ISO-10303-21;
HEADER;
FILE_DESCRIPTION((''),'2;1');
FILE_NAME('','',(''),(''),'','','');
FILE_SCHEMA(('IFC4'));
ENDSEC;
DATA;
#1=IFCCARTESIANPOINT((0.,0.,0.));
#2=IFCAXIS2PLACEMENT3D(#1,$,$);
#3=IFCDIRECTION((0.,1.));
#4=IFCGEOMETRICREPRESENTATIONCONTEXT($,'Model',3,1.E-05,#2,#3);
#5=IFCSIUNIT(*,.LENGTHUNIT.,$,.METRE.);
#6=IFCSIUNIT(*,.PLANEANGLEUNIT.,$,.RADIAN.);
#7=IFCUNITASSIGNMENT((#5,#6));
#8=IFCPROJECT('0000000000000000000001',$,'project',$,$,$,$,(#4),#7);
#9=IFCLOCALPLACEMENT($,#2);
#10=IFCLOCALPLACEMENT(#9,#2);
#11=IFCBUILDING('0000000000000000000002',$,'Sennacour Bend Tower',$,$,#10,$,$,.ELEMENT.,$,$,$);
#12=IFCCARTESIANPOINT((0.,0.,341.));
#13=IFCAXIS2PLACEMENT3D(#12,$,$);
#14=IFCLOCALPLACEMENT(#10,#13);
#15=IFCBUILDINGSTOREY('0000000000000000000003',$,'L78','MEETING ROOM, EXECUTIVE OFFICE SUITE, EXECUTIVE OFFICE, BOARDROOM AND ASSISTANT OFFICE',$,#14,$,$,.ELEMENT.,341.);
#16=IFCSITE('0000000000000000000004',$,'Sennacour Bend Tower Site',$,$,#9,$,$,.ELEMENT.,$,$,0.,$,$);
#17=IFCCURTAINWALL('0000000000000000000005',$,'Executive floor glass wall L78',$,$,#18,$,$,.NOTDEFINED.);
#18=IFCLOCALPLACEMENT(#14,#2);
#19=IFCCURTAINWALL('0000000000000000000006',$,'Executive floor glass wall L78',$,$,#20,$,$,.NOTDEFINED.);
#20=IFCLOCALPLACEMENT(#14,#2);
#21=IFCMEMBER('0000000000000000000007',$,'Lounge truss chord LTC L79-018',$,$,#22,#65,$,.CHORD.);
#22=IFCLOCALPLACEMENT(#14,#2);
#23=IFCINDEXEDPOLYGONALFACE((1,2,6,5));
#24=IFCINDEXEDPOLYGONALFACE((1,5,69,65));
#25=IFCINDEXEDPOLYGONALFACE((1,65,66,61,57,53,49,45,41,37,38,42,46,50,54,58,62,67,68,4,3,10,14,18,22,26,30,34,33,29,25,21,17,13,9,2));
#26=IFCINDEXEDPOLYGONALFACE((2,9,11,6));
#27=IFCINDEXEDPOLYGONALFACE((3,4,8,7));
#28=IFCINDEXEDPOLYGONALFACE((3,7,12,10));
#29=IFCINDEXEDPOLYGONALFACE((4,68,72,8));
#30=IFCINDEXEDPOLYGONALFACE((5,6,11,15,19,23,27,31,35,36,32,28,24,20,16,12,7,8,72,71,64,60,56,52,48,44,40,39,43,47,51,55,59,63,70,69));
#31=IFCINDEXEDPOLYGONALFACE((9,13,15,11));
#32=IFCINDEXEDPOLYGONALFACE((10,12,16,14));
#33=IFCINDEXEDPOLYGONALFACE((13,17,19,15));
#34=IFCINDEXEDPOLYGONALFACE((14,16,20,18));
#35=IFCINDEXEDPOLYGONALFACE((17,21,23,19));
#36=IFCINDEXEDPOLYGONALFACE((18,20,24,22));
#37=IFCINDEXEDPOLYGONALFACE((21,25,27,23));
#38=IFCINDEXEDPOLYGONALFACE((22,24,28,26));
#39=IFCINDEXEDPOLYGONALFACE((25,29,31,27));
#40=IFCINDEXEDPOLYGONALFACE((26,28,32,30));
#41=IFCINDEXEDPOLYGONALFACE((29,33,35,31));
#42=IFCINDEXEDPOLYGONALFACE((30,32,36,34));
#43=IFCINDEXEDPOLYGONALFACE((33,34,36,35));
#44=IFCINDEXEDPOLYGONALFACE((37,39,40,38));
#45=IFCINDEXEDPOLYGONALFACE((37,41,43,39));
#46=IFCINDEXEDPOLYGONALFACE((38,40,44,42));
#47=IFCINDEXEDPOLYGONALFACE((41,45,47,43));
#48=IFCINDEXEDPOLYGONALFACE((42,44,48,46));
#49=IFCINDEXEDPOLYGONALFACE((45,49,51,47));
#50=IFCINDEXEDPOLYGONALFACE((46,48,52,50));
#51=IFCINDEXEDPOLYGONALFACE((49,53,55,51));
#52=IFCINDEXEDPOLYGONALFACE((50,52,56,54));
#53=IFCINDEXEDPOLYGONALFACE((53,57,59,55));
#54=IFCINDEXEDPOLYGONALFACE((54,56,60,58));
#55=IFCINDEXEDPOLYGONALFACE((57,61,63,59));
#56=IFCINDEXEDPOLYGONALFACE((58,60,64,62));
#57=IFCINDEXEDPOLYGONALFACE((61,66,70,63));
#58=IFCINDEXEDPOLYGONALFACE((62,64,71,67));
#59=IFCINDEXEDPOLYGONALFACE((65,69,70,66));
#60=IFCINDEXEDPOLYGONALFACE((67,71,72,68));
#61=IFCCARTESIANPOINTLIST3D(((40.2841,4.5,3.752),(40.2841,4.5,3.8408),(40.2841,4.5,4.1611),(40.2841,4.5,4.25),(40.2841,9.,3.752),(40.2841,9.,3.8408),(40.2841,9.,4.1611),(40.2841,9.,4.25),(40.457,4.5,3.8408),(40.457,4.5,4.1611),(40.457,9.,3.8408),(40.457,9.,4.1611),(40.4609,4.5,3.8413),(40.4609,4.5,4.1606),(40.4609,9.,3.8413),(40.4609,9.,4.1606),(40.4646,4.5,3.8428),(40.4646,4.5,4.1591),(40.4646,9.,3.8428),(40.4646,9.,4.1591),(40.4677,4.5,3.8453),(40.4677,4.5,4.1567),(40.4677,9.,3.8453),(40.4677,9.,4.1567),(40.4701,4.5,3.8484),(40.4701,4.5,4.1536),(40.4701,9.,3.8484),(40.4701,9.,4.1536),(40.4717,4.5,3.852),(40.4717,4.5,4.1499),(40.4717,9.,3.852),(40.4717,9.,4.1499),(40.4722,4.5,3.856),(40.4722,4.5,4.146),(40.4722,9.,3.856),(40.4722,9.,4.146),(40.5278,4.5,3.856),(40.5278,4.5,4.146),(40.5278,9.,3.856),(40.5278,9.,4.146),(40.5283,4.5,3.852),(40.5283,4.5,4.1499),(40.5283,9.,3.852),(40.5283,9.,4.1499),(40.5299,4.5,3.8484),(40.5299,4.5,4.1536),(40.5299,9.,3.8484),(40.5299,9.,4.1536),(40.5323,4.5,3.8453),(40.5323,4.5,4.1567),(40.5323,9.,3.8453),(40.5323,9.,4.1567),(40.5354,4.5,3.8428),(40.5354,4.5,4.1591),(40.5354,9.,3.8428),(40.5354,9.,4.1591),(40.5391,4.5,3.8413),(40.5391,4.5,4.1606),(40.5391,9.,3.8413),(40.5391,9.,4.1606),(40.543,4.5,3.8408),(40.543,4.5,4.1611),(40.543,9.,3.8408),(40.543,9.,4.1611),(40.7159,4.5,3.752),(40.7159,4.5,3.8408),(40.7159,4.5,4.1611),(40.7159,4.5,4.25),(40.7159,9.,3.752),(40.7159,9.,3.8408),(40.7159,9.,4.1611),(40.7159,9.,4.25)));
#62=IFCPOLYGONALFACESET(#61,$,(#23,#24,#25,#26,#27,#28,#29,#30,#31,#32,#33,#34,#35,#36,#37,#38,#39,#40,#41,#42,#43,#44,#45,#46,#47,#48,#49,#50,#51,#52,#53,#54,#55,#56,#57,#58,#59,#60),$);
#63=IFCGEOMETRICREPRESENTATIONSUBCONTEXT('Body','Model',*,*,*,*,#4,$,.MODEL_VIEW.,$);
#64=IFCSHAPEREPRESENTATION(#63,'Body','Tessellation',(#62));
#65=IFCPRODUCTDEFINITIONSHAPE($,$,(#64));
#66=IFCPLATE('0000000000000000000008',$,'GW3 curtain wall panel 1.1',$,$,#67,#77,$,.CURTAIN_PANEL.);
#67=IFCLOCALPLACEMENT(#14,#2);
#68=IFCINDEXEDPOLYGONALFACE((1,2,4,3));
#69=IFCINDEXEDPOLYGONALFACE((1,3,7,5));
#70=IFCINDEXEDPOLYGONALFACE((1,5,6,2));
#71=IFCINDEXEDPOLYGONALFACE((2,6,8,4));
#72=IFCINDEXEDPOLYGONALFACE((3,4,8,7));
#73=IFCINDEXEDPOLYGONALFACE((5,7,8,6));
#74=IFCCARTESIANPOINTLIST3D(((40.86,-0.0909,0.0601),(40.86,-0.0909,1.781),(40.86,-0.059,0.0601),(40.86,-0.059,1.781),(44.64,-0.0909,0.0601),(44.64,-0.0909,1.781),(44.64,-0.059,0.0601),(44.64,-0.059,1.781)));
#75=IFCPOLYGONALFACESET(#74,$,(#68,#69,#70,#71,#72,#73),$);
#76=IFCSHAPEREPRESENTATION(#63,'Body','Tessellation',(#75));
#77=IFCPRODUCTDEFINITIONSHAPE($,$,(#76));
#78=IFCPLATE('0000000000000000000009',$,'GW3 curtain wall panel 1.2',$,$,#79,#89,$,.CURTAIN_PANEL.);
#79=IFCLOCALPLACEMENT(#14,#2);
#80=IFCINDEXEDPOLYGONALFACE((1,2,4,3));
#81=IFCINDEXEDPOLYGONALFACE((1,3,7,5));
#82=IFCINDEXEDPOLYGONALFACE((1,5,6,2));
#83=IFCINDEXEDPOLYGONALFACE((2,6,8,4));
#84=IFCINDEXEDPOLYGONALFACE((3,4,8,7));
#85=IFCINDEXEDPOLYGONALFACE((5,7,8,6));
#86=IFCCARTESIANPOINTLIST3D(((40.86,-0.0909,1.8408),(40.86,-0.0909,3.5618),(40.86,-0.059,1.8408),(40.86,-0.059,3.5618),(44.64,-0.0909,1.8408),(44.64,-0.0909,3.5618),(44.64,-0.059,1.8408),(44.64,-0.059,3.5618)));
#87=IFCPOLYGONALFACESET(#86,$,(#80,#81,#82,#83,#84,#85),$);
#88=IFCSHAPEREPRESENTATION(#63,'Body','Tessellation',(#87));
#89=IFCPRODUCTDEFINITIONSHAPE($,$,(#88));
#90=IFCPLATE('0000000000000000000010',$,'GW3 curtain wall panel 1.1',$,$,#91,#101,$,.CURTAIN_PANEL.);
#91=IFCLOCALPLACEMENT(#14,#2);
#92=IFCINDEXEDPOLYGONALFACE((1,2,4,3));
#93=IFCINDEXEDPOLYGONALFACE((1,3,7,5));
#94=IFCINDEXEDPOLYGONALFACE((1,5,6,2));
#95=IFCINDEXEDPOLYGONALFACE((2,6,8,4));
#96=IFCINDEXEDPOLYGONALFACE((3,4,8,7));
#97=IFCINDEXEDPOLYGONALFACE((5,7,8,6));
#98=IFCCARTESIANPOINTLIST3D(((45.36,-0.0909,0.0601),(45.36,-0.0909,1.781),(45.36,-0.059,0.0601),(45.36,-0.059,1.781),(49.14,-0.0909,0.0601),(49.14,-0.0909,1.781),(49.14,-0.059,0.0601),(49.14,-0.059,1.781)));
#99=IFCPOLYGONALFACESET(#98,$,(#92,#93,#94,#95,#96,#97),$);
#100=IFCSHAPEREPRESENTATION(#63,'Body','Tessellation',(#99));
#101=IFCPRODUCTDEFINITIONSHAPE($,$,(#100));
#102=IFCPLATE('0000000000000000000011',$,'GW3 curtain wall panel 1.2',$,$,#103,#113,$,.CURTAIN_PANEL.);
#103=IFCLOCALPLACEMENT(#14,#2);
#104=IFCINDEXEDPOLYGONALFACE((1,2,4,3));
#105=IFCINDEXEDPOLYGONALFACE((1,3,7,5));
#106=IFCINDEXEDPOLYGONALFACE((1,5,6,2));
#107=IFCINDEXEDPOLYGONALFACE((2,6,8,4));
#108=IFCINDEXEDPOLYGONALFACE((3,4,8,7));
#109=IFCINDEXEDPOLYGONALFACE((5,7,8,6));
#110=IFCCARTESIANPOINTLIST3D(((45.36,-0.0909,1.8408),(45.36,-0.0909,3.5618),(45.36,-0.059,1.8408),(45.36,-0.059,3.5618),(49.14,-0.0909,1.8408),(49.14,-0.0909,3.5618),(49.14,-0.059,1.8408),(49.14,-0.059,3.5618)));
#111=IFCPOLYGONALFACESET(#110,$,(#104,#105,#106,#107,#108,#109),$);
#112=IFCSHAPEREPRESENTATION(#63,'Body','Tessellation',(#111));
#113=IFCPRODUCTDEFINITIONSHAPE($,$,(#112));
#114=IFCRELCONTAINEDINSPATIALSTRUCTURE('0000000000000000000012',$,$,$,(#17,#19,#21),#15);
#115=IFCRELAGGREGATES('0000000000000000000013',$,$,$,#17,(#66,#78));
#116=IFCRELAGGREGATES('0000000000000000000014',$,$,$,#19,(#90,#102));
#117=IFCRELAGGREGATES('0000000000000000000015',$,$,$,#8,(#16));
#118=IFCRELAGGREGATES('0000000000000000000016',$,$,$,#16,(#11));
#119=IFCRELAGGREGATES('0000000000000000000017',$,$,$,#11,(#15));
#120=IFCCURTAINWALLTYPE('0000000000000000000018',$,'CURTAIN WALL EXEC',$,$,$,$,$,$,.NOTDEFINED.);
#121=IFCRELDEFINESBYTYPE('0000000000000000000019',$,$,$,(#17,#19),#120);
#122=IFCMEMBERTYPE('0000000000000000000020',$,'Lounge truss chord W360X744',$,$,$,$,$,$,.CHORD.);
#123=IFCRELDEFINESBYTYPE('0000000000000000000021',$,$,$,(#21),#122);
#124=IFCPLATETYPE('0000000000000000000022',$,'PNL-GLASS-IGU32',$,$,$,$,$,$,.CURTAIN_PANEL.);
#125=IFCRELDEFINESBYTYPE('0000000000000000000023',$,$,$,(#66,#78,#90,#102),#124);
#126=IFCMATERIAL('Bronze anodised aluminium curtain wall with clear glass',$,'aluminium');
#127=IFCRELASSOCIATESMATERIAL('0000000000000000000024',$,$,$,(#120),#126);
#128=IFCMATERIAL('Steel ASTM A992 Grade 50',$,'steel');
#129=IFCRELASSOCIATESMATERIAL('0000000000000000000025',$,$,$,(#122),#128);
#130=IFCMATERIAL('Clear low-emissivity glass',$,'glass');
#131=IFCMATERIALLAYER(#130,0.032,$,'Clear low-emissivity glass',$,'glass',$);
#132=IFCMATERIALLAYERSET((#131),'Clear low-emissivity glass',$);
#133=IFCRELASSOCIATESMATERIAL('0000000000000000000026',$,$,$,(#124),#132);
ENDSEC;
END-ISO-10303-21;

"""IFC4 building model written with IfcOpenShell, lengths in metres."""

from ifc_helpers import new_model, si_unit, direction, frame, origin, origin_2d, place, context, subcontext, project, spatial, rectangle, i_section, extrude, material, layer, layer_set, material_profile, profile_set, type_object, element, aggregate, save


model = new_model("IFC4")

# Units and contexts
model_context = context("Model", 3, precision=1e-05, world=origin(), true_north=direction((0.0, 1.0)))
body_context = subcontext(model_context, "Body", "Model", "MODEL_VIEW")
ifc_project = project(units=[si_unit("LENGTHUNIT", "METRE"), si_unit("PLANEANGLEUNIT", "RADIAN")], contexts=[model_context])

# Site, building, storey
site_placement = place(None, origin())
site = spatial("IfcSite", under=ifc_project, at=site_placement, Name="Sennacour Bend Tower Site", CompositionType="ELEMENT", RefElevation=0.0)
building_placement = place(site_placement, origin())
building = spatial("IfcBuilding", under=site, at=building_placement, Name="Sennacour Bend Tower", CompositionType="ELEMENT")
storey_placement = place(building_placement, frame((0.0, 0.0, 341.0)))
storey = spatial("IfcBuildingStorey", under=building, at=storey_placement, Name="L78", Description="MEETING ROOM, EXECUTIVE OFFICE SUITE, EXECUTIVE OFFICE, BOARDROOM AND ASSISTANT OFFICE", CompositionType="ELEMENT", Elevation=341.0)

# Curtain walls
ifc_material_1 = material(Name="Bronze anodised aluminium curtain wall with clear glass", Category="aluminium")
curtain_wall_type = type_object("IfcCurtainWallType", Name="CURTAIN WALL EXEC", PredefinedType="NOTDEFINED", material=ifc_material_1)
curtain_wall_1_placement = place(storey_placement, origin())
curtain_wall_1 = element("IfcCurtainWall", 1, at=curtain_wall_1_placement, inside=storey, type_object=curtain_wall_type, Name="Executive floor glass wall L78", PredefinedType="NOTDEFINED")
curtain_wall_2_placement = place(storey_placement, origin())
curtain_wall_2 = element("IfcCurtainWall", 2, at=curtain_wall_2_placement, inside=storey, type_object=curtain_wall_type, Name="Executive floor glass wall L78", PredefinedType="NOTDEFINED")

# Shared definitions
ifc_material_2 = material(Name="Steel ASTM A992 Grade 50", Category="steel")

# Member
ifc_material_profile_1 = material_profile(ifc_material_2, i_section(OverallWidth=0.4319, OverallDepth=0.498, WebThickness=0.0557, FlangeThickness=0.0889, FilletRadius=0.0151, at=origin_2d()), Name="Steel ASTM A992 Grade 50", Category="steel")
ifc_profile_set_1 = profile_set([ifc_material_profile_1], Name="Steel ASTM A992 Grade 50")
member_type_1 = type_object("IfcMemberType", Name="Lounge truss chord W360X744", PredefinedType="CHORD", material=ifc_profile_set_1)
member_1_placement = place(storey_placement, frame((40.5, 4.5, 4.001), z_axis=(0.0, 1.0, 0.0), x_axis=(-1.0, 0.0, 0.0)))
element("IfcMember", 3, at=member_1_placement, inside=storey, type_object=member_type_1, Name="Lounge truss chord LTC L79-018", PredefinedType="CHORD", context=body_context, shape_type="SweptSolid", body=[
    extrude(i_section(OverallWidth=0.4319, OverallDepth=0.498, WebThickness=0.0557, FlangeThickness=0.0889, FilletRadius=0.0151, at=origin_2d()), origin(), (0.0, 0.0, 1.0), 4.5),
])

# Plates
ifc_material_3 = material(Name="Clear low-emissivity glass", Category="glass")
ifc_layer_1 = layer(ifc_material_3, 0.032, Name="Clear low-emissivity glass", Category="glass")
ifc_layer_set_1 = layer_set([ifc_layer_1], Name="Clear low-emissivity glass")
plate_type = type_object("IfcPlateType", Name="PNL-GLASS-IGU32", PredefinedType="CURTAIN_PANEL", material=ifc_layer_set_1)
plate_1_placement = place(storey_placement, frame((42.75, -0.075, 0.0601), z_axis=(0.0, 0.0, 1.0), x_axis=(1.0, 0.0, 0.0)))
plate_1 = element("IfcPlate", 4, at=plate_1_placement, type_object=plate_type, Name="GW3 curtain wall panel 1.1", PredefinedType="CURTAIN_PANEL", context=body_context, shape_type="SweptSolid", body=[
    extrude(rectangle(XDim=3.78, YDim=0.032, at=origin_2d()), origin(), (0.0, 0.0, 1.0), 1.7209),
])
plate_2_placement = place(storey_placement, frame((42.75, -0.075, 1.8408), z_axis=(0.0, 0.0, 1.0), x_axis=(1.0, 0.0, 0.0)))
plate_2 = element("IfcPlate", 5, at=plate_2_placement, type_object=plate_type, Name="GW3 curtain wall panel 1.2", PredefinedType="CURTAIN_PANEL", context=body_context, shape_type="SweptSolid", body=[
    extrude(rectangle(XDim=3.78, YDim=0.032, at=origin_2d()), origin(), (0.0, 0.0, 1.0), 1.7209),
])
aggregate(curtain_wall_1, [plate_1, plate_2])
plate_3_placement = place(storey_placement, frame((47.25, -0.075, 0.0601), z_axis=(0.0, 0.0, 1.0), x_axis=(1.0, 0.0, 0.0)))
plate_3 = element("IfcPlate", 6, at=plate_3_placement, type_object=plate_type, Name="GW3 curtain wall panel 1.1", PredefinedType="CURTAIN_PANEL", context=body_context, shape_type="SweptSolid", body=[
    extrude(rectangle(XDim=3.78, YDim=0.032, at=origin_2d()), origin(), (0.0, 0.0, 1.0), 1.7209),
])
plate_4_placement = place(storey_placement, frame((47.25, -0.075, 1.8408), z_axis=(0.0, 0.0, 1.0), x_axis=(1.0, 0.0, 0.0)))
plate_4 = element("IfcPlate", 7, at=plate_4_placement, type_object=plate_type, Name="GW3 curtain wall panel 1.2", PredefinedType="CURTAIN_PANEL", context=body_context, shape_type="SweptSolid", body=[
    extrude(rectangle(XDim=3.78, YDim=0.032, at=origin_2d()), origin(), (0.0, 0.0, 1.0), 1.7209),
])
aggregate(curtain_wall_2, [plate_3, plate_4])

save(model, "model.ifc")
